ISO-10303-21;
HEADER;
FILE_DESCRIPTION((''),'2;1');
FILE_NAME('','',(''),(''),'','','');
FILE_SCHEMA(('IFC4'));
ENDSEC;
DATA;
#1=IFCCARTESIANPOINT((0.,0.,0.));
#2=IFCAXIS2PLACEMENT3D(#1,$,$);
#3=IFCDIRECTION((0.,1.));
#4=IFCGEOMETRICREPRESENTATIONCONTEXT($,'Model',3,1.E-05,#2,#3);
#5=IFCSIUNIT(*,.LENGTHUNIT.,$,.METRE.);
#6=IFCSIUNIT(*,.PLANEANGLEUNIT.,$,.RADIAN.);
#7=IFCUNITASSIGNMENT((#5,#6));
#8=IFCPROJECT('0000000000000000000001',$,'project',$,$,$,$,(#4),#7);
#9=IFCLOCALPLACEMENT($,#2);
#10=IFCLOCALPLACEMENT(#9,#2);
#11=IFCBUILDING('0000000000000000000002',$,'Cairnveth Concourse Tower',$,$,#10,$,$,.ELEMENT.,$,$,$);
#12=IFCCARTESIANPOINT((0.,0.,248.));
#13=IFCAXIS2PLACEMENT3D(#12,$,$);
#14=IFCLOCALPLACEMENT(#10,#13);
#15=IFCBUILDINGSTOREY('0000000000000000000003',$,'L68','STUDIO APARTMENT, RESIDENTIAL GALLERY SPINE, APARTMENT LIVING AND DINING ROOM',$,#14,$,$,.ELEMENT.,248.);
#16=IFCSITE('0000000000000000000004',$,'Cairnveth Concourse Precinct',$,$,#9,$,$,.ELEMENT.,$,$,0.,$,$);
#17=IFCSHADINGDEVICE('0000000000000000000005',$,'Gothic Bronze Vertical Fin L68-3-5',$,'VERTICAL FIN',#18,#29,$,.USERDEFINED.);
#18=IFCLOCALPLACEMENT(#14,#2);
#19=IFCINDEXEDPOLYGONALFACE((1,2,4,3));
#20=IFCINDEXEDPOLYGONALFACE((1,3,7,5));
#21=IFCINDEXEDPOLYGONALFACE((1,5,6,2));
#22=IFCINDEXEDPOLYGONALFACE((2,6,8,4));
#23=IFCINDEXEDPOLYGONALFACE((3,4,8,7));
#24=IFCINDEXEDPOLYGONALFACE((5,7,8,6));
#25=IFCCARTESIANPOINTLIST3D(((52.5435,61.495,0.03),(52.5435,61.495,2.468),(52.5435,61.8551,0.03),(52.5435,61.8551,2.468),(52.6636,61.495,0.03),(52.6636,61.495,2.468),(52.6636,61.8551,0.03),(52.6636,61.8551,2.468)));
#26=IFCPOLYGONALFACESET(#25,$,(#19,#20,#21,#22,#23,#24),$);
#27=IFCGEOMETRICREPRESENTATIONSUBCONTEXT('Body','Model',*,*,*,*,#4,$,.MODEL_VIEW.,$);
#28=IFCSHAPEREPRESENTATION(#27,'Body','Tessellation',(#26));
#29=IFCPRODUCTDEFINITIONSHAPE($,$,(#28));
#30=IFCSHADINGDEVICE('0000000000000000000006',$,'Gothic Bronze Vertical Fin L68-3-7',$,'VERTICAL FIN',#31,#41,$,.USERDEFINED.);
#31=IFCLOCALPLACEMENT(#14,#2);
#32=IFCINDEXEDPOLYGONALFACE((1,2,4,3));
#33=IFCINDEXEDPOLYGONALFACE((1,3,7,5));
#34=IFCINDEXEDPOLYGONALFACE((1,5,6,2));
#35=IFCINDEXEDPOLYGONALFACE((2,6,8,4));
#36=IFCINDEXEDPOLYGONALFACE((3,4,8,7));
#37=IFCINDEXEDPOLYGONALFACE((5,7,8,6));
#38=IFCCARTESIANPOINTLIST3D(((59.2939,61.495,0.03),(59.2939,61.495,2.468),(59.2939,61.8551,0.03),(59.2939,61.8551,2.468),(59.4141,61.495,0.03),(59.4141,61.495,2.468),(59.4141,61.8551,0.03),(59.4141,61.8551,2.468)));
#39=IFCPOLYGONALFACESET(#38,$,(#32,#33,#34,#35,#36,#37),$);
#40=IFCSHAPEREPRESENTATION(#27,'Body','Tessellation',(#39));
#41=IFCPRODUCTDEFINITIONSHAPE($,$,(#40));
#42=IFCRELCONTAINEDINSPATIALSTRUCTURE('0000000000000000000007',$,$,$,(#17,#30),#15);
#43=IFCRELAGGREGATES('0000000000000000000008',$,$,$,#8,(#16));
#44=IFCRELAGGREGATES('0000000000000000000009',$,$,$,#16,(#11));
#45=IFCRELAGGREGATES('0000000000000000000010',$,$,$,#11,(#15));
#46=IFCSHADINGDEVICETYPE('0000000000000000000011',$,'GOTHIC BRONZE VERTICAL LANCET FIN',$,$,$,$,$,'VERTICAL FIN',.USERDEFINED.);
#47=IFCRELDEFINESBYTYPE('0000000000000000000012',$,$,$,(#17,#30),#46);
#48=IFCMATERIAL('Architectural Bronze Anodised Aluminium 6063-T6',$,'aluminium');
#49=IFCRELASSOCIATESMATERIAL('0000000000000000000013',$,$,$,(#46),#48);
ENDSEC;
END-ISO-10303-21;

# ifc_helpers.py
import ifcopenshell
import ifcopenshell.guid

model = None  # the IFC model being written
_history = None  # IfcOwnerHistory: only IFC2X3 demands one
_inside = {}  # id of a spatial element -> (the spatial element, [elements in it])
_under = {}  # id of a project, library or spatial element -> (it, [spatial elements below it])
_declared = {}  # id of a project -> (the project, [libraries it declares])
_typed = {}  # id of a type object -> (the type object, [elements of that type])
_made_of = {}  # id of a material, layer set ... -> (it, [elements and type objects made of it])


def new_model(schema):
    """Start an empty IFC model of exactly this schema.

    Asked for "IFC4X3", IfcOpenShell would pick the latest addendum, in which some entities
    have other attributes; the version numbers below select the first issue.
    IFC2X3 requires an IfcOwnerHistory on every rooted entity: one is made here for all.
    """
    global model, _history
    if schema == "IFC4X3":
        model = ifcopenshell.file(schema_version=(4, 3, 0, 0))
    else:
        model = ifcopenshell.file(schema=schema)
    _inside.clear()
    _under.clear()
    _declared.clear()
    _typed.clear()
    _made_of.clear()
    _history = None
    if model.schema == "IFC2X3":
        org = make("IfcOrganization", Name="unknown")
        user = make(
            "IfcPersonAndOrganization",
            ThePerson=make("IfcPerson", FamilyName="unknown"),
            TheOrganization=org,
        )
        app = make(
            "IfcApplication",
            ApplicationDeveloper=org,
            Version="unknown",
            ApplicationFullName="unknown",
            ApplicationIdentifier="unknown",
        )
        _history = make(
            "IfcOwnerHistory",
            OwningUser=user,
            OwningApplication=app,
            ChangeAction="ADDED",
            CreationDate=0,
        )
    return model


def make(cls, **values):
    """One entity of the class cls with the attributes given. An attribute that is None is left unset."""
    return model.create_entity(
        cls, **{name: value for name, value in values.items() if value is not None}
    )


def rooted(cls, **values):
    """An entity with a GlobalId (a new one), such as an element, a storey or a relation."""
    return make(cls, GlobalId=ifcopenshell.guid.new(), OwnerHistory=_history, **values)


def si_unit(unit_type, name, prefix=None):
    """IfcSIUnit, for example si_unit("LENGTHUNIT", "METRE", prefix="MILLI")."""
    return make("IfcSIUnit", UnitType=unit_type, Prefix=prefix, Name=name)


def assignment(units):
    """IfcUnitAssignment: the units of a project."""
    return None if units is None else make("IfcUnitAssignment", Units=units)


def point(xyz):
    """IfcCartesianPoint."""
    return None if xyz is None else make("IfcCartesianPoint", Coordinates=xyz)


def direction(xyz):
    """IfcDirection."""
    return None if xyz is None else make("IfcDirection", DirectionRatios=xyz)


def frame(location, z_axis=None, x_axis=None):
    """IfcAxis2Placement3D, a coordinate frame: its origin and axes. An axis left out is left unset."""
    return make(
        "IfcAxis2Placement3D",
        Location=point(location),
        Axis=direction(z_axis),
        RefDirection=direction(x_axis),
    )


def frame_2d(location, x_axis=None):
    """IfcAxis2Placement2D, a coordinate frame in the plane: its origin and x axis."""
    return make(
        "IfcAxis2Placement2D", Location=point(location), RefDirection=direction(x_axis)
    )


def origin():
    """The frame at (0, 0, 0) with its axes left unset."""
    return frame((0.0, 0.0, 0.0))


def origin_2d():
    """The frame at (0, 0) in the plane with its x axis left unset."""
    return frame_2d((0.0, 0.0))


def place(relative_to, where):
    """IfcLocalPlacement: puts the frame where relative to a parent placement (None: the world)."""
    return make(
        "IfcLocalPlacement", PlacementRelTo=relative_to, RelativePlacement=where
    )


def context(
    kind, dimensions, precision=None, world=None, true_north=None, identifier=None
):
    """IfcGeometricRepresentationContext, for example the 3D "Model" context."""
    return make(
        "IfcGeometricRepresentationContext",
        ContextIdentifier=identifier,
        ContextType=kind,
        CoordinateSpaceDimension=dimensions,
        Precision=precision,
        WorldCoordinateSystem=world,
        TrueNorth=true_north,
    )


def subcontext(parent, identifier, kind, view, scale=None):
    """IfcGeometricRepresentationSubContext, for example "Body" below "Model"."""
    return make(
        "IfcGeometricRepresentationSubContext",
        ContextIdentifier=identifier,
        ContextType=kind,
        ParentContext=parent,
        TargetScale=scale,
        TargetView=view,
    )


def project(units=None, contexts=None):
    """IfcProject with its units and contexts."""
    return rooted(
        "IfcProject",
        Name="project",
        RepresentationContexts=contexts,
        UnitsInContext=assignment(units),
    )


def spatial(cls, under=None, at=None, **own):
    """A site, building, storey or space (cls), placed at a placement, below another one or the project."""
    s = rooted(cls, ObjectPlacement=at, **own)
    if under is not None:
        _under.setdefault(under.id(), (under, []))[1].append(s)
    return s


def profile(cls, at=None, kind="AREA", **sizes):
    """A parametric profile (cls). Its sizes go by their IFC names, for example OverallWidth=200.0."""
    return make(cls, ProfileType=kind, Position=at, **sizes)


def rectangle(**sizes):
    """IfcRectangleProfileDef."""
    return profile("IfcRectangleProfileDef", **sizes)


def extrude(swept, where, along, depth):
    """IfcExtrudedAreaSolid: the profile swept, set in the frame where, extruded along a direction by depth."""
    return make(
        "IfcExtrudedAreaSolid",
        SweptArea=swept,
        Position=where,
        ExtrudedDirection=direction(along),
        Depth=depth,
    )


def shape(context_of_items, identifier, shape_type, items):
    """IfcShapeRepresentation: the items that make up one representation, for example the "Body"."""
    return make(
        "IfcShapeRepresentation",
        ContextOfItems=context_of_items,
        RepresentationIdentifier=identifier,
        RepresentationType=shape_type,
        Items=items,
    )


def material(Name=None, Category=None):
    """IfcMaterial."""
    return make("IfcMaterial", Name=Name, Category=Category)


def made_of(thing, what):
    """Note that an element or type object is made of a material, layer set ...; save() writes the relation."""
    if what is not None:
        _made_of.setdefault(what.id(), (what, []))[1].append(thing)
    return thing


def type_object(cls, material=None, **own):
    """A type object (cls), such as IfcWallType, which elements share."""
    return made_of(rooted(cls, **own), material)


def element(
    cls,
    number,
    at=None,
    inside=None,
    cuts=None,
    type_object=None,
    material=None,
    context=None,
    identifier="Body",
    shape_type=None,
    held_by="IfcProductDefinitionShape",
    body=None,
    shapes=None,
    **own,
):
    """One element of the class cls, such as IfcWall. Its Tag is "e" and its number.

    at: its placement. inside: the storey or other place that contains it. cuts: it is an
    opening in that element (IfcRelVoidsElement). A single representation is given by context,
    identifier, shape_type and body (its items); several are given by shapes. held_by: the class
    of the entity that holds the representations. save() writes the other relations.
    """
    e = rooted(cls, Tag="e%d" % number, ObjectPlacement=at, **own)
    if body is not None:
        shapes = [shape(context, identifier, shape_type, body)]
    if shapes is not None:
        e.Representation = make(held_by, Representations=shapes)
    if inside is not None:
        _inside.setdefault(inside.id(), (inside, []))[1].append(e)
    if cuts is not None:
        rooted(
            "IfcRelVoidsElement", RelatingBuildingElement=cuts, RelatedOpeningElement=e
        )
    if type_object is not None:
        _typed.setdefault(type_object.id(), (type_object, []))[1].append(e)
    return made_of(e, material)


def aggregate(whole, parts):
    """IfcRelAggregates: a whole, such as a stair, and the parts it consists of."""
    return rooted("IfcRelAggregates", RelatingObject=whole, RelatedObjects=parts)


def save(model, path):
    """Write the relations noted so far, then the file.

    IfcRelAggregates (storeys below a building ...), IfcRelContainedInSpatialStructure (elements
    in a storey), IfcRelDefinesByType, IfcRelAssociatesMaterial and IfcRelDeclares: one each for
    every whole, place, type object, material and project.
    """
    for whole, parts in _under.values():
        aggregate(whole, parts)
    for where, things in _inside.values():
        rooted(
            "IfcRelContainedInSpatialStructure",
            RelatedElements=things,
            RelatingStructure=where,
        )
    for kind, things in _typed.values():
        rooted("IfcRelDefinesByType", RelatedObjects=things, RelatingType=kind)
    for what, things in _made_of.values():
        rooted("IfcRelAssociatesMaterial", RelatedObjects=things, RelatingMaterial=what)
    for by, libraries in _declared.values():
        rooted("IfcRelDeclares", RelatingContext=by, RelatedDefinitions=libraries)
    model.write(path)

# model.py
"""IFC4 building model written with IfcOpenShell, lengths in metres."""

from ifc_helpers import new_model, si_unit, direction, frame, origin, origin_2d, place, context, subcontext, project, spatial, rectangle, extrude, material, type_object, element, save


model = new_model("IFC4")

# Units and contexts
model_context = context("Model", 3, precision=1e-05, world=origin(), true_north=direction((0.0, 1.0)))
body_context = subcontext(model_context, "Body", "Model", "MODEL_VIEW")
ifc_project = project(units=[si_unit("LENGTHUNIT", "METRE"), si_unit("PLANEANGLEUNIT", "RADIAN")], contexts=[model_context])

# Site, building, storey
site_placement = place(None, origin())
site = spatial("IfcSite", under=ifc_project, at=site_placement, Name="Cairnveth Concourse Precinct", CompositionType="ELEMENT", RefElevation=0.0)
building_placement = place(site_placement, origin())
building = spatial("IfcBuilding", under=site, at=building_placement, Name="Cairnveth Concourse Tower", CompositionType="ELEMENT")
storey_placement = place(building_placement, frame((0.0, 0.0, 248.0)))
storey = spatial("IfcBuildingStorey", under=building, at=storey_placement, Name="L68", Description="STUDIO APARTMENT, RESIDENTIAL GALLERY SPINE, APARTMENT LIVING AND DINING ROOM", CompositionType="ELEMENT", Elevation=248.0)

# Shading devices
ifc_material_1 = material(Name="Architectural Bronze Anodised Aluminium 6063-T6", Category="aluminium")
shading_device_type = type_object("IfcShadingDeviceType", Name="GOTHIC BRONZE VERTICAL LANCET FIN", ElementType="VERTICAL FIN", PredefinedType="USERDEFINED", material=ifc_material_1)
for number, where, z_axis, x_axis, name in (
    (1, (52.6035, 61.675, 0.03), (0.0, 0.0, 1.0), (1.0, 0.0, 0.0), "Gothic Bronze Vertical Fin L68-3-5"),
    (2, (59.354, 61.675, 0.03), (0.0, 0.0, 1.0), (1.0, 0.0, 0.0), "Gothic Bronze Vertical Fin L68-3-7"),
):
    element("IfcShadingDevice", number, at=place(storey_placement, frame(where, z_axis=z_axis, x_axis=x_axis)), inside=storey, type_object=shading_device_type, Name=name, ObjectType="VERTICAL FIN", PredefinedType="USERDEFINED", context=body_context, shape_type="SweptSolid", body=[
        extrude(rectangle(XDim=0.1201, YDim=0.3601, at=origin_2d()), origin(), (0.0, 0.0, 1.0), 2.438),
    ])

save(model, "model.ifc")
